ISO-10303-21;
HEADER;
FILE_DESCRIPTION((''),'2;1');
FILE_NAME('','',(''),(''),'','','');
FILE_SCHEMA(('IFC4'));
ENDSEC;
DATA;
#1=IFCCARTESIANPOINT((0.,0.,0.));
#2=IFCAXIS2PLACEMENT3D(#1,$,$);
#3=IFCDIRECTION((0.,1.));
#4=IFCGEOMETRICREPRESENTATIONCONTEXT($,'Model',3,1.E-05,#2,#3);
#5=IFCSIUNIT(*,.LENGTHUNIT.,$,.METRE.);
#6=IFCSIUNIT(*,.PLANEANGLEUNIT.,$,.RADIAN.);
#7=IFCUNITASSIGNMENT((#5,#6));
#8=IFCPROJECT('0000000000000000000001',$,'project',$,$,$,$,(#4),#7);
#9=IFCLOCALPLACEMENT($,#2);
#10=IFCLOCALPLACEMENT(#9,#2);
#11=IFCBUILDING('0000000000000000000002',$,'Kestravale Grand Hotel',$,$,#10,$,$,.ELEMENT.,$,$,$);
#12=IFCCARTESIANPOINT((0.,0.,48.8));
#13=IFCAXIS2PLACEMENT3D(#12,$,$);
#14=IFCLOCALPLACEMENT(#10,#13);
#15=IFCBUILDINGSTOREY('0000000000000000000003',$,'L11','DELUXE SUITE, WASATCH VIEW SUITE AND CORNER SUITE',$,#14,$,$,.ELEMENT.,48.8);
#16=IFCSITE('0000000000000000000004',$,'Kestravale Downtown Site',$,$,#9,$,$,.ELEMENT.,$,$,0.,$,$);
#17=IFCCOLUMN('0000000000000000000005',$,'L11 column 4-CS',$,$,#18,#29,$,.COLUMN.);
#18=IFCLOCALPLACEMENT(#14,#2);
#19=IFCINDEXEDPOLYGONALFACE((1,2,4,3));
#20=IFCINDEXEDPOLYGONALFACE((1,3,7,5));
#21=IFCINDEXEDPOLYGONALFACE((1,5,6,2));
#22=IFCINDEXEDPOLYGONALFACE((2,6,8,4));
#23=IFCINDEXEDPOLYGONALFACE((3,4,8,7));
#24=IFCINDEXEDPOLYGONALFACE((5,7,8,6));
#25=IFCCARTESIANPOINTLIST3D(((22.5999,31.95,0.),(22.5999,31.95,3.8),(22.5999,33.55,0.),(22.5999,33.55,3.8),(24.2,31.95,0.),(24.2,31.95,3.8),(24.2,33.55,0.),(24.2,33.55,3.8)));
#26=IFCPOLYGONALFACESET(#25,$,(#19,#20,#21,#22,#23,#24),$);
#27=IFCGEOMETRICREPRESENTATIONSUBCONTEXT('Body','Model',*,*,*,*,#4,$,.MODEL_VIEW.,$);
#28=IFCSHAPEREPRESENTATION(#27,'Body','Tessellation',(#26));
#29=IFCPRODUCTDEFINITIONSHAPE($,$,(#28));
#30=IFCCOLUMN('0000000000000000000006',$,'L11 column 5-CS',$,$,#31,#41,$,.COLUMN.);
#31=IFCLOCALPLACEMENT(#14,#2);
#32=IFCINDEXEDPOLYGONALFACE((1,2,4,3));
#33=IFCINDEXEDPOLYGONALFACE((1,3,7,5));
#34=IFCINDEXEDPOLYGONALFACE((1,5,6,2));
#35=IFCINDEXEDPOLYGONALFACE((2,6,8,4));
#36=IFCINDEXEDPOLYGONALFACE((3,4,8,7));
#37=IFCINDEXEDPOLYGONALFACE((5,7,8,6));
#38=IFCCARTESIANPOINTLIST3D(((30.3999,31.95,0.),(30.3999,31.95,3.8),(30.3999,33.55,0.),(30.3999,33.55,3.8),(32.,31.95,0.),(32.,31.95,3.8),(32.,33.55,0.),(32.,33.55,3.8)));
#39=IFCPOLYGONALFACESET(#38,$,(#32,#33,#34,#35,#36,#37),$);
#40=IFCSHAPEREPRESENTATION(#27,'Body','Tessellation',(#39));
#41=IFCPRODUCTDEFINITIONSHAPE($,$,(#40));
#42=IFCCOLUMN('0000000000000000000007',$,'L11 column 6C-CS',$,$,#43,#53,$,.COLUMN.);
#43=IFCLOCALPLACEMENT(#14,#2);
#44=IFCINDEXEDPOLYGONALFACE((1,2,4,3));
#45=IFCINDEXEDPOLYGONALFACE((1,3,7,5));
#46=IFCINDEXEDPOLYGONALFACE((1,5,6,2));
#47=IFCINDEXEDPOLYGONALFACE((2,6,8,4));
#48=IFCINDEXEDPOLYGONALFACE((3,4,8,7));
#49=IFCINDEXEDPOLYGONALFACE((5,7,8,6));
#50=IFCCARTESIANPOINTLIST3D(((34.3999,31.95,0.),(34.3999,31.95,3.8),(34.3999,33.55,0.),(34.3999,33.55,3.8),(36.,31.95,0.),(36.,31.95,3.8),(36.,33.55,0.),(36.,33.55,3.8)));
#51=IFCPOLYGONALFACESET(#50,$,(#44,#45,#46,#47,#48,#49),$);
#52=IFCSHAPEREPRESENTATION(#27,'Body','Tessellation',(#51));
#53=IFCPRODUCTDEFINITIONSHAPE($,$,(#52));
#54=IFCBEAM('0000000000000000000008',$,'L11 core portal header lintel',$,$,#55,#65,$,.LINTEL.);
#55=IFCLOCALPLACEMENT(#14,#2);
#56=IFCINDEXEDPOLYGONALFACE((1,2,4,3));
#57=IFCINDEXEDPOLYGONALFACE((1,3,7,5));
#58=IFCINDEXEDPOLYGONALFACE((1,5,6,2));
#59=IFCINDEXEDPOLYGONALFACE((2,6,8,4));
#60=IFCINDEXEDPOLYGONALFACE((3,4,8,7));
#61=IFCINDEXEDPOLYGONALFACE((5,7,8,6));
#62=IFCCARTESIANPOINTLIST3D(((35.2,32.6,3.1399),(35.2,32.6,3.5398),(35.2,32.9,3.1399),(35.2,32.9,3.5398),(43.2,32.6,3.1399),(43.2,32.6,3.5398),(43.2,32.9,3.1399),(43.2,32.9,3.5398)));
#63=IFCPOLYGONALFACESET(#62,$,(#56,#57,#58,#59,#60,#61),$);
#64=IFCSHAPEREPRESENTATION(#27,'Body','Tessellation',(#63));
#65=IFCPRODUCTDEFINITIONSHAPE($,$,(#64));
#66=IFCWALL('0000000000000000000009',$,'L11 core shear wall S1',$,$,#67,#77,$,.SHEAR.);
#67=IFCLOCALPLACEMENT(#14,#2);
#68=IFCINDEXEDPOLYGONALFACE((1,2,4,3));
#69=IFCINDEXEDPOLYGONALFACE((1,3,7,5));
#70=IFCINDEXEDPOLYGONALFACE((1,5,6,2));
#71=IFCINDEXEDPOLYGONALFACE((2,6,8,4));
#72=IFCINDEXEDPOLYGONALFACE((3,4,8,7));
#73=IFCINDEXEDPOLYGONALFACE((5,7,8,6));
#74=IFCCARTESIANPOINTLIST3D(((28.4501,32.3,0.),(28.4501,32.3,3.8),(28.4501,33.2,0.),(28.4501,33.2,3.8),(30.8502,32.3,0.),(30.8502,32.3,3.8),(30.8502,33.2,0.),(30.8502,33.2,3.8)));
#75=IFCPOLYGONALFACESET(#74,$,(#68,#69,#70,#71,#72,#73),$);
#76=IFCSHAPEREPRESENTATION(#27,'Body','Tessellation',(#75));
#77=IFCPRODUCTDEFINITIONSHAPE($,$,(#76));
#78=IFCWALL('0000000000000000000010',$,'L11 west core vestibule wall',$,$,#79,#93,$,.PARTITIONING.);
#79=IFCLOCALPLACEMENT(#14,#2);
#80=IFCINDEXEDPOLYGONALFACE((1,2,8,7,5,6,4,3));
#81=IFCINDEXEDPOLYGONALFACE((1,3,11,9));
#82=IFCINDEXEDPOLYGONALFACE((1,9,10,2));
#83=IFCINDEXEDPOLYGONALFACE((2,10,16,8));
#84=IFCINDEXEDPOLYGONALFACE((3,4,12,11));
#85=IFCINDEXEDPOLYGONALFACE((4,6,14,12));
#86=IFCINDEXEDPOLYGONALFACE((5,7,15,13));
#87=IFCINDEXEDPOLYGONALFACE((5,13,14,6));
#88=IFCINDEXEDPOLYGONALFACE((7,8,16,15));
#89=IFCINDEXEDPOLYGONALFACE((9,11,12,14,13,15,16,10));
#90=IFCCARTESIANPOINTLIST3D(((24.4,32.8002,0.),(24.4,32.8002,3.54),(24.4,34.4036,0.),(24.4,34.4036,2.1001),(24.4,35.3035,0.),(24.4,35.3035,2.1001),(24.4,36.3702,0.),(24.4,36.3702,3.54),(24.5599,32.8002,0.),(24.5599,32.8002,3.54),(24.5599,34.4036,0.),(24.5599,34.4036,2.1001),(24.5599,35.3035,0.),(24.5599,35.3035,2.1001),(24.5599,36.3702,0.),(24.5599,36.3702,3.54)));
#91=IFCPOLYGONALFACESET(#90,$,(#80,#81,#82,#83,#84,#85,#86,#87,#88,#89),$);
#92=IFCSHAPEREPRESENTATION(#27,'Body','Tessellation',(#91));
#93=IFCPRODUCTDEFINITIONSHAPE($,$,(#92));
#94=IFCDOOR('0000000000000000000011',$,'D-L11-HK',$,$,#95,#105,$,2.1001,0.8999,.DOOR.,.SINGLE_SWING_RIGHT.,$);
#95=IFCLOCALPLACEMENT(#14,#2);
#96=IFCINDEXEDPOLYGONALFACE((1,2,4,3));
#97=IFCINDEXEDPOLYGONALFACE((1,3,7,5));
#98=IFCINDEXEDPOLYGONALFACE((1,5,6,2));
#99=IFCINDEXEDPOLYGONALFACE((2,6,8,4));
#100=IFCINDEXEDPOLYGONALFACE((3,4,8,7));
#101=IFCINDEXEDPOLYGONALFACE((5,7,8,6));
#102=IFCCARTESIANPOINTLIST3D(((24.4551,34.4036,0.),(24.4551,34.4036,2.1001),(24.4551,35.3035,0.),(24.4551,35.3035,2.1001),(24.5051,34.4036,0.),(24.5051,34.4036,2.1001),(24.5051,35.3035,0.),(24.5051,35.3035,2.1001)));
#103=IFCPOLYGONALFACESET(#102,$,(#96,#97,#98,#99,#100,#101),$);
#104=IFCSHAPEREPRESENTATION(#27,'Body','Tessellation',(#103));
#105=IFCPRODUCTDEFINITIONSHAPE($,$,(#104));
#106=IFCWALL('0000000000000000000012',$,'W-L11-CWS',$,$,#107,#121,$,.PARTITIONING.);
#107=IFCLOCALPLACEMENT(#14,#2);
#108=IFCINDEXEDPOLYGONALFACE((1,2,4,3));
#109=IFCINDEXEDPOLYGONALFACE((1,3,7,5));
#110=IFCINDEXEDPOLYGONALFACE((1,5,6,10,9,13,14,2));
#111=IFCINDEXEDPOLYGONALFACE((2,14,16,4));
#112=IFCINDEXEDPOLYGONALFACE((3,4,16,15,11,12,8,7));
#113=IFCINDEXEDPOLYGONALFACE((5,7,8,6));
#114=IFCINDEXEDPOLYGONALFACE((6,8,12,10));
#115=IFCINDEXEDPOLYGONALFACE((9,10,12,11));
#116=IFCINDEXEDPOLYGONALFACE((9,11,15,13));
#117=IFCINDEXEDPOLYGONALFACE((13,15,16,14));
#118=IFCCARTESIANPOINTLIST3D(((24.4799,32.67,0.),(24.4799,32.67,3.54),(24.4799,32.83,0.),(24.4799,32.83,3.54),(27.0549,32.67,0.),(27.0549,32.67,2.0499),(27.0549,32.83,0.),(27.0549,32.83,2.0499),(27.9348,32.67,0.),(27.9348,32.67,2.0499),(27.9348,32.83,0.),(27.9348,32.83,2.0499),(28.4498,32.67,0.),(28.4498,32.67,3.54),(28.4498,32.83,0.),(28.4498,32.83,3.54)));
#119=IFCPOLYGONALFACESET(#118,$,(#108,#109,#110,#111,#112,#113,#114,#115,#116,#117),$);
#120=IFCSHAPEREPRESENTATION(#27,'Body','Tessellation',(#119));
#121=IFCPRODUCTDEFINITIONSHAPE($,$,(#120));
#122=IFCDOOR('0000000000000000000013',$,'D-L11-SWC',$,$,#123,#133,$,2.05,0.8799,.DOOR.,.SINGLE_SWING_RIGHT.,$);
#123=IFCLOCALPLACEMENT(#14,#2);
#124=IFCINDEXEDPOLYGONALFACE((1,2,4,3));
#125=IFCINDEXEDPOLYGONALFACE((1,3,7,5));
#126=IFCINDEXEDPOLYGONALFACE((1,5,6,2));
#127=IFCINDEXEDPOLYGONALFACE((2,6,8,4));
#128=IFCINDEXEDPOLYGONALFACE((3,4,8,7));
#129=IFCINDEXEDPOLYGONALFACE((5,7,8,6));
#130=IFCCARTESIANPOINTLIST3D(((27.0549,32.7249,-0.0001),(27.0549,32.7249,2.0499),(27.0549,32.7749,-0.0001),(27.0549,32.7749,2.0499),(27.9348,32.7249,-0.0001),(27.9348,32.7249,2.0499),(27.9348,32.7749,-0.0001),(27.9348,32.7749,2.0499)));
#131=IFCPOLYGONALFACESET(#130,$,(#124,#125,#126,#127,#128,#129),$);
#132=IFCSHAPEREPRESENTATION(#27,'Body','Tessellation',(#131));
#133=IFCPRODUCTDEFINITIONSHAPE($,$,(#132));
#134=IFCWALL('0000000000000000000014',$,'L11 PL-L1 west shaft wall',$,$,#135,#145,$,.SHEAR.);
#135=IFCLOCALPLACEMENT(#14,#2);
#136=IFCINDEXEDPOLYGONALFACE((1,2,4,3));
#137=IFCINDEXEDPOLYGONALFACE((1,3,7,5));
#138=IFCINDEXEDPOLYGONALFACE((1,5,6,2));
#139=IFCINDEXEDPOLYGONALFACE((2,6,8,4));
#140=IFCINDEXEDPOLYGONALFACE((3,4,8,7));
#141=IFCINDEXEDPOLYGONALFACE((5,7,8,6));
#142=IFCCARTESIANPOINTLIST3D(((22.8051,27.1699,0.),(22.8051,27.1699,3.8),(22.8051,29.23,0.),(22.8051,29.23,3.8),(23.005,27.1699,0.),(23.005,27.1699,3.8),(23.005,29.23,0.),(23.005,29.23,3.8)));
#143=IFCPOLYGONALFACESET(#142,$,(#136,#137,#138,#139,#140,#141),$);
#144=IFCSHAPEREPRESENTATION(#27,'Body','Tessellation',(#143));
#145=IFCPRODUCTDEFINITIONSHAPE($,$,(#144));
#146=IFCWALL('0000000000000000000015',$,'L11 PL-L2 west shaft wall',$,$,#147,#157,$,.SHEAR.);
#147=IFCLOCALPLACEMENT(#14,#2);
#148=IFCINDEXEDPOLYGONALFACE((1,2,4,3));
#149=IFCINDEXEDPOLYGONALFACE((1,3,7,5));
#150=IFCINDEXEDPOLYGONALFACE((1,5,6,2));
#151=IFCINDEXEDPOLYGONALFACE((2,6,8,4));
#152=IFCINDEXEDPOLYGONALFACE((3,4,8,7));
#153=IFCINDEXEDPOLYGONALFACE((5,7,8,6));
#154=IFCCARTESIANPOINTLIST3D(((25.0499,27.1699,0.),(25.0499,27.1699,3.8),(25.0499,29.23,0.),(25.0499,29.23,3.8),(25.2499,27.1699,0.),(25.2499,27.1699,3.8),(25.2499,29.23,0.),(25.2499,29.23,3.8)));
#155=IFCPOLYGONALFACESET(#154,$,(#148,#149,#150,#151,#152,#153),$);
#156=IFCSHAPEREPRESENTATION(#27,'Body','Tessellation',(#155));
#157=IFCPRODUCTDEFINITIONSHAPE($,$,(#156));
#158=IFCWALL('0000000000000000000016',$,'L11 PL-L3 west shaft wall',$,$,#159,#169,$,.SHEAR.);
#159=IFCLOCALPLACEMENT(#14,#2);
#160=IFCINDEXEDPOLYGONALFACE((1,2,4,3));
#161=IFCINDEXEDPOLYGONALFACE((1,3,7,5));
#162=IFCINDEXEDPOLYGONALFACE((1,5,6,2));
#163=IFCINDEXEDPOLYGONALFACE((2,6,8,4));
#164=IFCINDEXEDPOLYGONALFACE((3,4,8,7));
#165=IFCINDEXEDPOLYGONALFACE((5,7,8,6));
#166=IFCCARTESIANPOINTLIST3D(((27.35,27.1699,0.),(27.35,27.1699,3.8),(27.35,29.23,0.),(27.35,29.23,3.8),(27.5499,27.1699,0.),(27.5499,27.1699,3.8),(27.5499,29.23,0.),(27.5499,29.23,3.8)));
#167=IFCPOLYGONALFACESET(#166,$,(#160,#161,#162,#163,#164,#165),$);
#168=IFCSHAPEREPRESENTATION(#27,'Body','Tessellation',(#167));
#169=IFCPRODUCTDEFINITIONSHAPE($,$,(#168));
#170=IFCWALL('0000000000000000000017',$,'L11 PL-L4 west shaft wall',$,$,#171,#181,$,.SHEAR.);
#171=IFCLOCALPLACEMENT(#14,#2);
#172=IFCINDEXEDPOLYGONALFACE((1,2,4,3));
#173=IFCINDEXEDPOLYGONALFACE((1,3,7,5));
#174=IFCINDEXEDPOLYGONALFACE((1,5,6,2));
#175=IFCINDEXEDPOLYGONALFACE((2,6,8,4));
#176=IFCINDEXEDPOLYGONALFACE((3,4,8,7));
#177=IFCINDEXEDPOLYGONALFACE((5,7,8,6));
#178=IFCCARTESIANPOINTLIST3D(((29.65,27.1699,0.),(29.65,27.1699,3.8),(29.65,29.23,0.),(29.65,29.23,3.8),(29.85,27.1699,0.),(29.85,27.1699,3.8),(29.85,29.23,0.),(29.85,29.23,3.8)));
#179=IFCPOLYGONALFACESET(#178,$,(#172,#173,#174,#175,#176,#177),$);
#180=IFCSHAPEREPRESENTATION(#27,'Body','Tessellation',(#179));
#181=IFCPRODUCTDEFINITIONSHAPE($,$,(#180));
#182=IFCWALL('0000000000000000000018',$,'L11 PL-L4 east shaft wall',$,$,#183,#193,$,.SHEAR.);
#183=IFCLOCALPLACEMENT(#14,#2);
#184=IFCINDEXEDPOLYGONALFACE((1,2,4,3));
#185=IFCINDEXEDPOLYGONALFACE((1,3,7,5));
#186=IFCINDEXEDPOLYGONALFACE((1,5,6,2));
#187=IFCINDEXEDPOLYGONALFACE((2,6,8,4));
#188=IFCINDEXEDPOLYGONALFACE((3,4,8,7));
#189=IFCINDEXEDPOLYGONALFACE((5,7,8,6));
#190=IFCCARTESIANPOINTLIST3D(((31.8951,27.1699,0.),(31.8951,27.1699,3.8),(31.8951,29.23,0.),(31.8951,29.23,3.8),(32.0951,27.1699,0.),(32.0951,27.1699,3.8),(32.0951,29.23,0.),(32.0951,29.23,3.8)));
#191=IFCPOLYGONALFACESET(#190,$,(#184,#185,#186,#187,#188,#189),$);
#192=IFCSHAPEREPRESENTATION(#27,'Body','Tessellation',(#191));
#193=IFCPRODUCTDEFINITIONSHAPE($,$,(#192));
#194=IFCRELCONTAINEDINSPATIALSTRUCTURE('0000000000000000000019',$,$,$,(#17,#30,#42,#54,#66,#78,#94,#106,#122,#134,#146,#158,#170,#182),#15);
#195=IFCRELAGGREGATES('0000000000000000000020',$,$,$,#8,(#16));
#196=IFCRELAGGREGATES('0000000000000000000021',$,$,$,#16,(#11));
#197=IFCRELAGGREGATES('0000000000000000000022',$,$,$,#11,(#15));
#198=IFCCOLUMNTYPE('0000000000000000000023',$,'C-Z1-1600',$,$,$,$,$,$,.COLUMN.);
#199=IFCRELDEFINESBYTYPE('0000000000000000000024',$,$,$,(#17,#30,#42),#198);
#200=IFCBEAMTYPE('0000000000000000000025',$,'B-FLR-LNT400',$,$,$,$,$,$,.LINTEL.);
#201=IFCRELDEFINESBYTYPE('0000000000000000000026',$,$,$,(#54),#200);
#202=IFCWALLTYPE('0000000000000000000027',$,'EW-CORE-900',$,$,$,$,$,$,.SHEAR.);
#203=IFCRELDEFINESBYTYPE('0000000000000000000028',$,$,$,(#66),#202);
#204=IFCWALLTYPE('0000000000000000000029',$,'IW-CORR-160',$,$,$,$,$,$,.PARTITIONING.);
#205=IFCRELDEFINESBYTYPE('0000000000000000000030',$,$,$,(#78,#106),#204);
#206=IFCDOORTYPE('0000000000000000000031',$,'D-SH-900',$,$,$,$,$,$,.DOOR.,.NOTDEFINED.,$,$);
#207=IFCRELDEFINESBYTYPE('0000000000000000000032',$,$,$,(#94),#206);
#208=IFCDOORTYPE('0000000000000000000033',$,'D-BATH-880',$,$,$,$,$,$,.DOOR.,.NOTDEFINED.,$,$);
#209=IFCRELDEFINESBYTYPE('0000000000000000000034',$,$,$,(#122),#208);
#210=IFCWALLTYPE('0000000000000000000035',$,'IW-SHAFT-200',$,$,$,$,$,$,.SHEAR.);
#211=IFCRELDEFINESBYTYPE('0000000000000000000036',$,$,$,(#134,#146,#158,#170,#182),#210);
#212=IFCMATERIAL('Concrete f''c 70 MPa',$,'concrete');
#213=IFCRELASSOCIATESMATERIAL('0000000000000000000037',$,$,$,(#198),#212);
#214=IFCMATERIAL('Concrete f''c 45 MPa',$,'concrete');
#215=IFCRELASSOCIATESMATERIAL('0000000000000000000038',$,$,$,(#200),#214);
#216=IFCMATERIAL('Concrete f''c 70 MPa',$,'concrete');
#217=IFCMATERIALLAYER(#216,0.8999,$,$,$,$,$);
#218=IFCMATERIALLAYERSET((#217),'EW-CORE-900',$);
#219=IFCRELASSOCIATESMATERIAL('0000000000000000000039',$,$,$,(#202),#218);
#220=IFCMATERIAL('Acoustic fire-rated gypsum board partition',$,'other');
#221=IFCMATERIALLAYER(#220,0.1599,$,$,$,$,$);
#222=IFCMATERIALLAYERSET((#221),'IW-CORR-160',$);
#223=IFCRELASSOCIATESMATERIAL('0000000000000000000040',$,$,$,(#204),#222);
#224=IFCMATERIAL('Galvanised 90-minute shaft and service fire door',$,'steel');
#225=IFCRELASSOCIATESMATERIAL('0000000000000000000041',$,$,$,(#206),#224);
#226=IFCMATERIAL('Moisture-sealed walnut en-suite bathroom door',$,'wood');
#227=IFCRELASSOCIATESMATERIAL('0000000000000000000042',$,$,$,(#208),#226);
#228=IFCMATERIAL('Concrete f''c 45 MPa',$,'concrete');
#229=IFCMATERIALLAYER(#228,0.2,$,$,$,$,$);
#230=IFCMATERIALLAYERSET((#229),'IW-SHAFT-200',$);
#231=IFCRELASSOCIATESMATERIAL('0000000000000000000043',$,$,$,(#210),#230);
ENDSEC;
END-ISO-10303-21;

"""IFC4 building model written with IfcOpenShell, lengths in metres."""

from ifc_helpers import new_model, si_unit, direction, frame, frame_2d, origin, origin_2d, place, context, subcontext, project, spatial, rectangle, extrude, material, layer, layer_set, material_profile, profile_set, type_object, element, fill, save


model = new_model("IFC4")

# Units and contexts
model_context = context("Model", 3, precision=1e-05, world=origin(), true_north=direction((0.0, 1.0)))
body_context = subcontext(model_context, "Body", "Model", "MODEL_VIEW")
ifc_project = project(units=[si_unit("LENGTHUNIT", "METRE"), si_unit("PLANEANGLEUNIT", "RADIAN")], contexts=[model_context])

# Site, building, storey
site_placement = place(None, origin())
site = spatial("IfcSite", under=ifc_project, at=site_placement, Name="Kestravale Downtown Site", CompositionType="ELEMENT", RefElevation=0.0)
building_placement = place(site_placement, origin())
building = spatial("IfcBuilding", under=site, at=building_placement, Name="Kestravale Grand Hotel", CompositionType="ELEMENT")
storey_placement = place(building_placement, frame((0.0, 0.0, 48.8)))
storey = spatial("IfcBuildingStorey", under=building, at=storey_placement, Name="L11", Description="DELUXE SUITE, WASATCH VIEW SUITE AND CORNER SUITE", CompositionType="ELEMENT", Elevation=48.8)

# Columns
ifc_material_1 = material(Name="Concrete f'c 70 MPa", Category="concrete")
ifc_material_profile_1 = material_profile(ifc_material_1, rectangle(XDim=1.6001, YDim=1.6001, at=origin_2d()))
ifc_profile_set_1 = profile_set([ifc_material_profile_1], Name="Concrete f'c 70 MPa")
column_type = type_object("IfcColumnType", Name="C-Z1-1600", PredefinedType="COLUMN", material=ifc_profile_set_1)
for number, where, z_axis, x_axis, name in (
    (1, (23.3999, 32.75, 0.0), (0.0, 0.0, 1.0), (1.0, 0.0, 0.0), "L11 column 4-CS"),
    (2, (31.2, 32.75, 0.0), (0.0, 0.0, 1.0), (1.0, 0.0, 0.0), "L11 column 5-CS"),
    (3, (35.2, 32.75, 0.0), (0.0, 0.0, 1.0), (1.0, 0.0, 0.0), "L11 column 6C-CS"),
):
    element("IfcColumn", number, at=place(storey_placement, frame(where, z_axis=z_axis, x_axis=x_axis)), inside=storey, type_object=column_type, Name=name, PredefinedType="COLUMN", context=body_context, shape_type="SweptSolid", body=[
        extrude(rectangle(XDim=1.6001, YDim=1.6001, at=origin_2d()), origin(), (0.0, 0.0, 1.0), 3.8),
    ])

# Beam
ifc_material_2 = material(Name="Concrete f'c 45 MPa", Category="concrete")
ifc_material_profile_2 = material_profile(ifc_material_2, rectangle(XDim=0.3, YDim=0.3999, at=origin_2d()))
ifc_profile_set_2 = profile_set([ifc_material_profile_2], Name="Concrete f'c 45 MPa")
beam_type = type_object("IfcBeamType", Name="B-FLR-LNT400", PredefinedType="LINTEL", material=ifc_profile_set_2)
beam_placement = place(storey_placement, frame((35.2, 32.75, 3.3398), z_axis=(1.0, 0.0, 0.0), x_axis=(0.0, 1.0, 0.0)))
element("IfcBeam", 4, at=beam_placement, inside=storey, type_object=beam_type, Name="L11 core portal header lintel", PredefinedType="LINTEL", context=body_context, shape_type="SweptSolid", body=[
    extrude(rectangle(XDim=0.3, YDim=0.3999, at=origin_2d()), origin(), (0.0, 0.0, 1.0), 8.0),
])

# Wall
ifc_material_3 = material(Name="Concrete f'c 70 MPa", Category="concrete")
ifc_layer_1 = layer(ifc_material_3, 0.8999)
ifc_layer_set_1 = layer_set([ifc_layer_1], Name="EW-CORE-900")
wall_type_1 = type_object("IfcWallType", Name="EW-CORE-900", PredefinedType="SHEAR", material=ifc_layer_set_1)
wall_1_placement = place(storey_placement, frame((28.45, 32.75, 0.0), z_axis=(0.0, 0.0, 1.0), x_axis=(1.0, 0.0, 0.0)))
element("IfcWall", 5, at=wall_1_placement, inside=storey, type_object=wall_type_1, Name="L11 core shear wall S1", PredefinedType="SHEAR", context=body_context, shape_type="SweptSolid", body=[
    extrude(rectangle(XDim=2.4001, YDim=0.8999, at=frame_2d((1.2002, 0.0))), origin(), (0.0, 0.0, 1.0), 3.8),
])

# Walls, openings, doors
ifc_material_4 = material(Name="Acoustic fire-rated gypsum board partition", Category="other")
ifc_layer_2 = layer(ifc_material_4, 0.1599)
ifc_layer_set_2 = layer_set([ifc_layer_2], Name="IW-CORR-160")
wall_type_2 = type_object("IfcWallType", Name="IW-CORR-160", PredefinedType="PARTITIONING", material=ifc_layer_set_2)
wall_2_placement = place(storey_placement, frame((24.48, 32.8, 0.0), z_axis=(0.0, 0.0, 1.0), x_axis=(0.0, 1.0, 0.0)))
wall_2 = element("IfcWall", 6, at=wall_2_placement, inside=storey, type_object=wall_type_2, Name="L11 west core vestibule wall", PredefinedType="PARTITIONING", context=body_context, shape_type="SweptSolid", body=[
    extrude(rectangle(XDim=3.5701, YDim=0.1599, at=frame_2d((1.7852, 0.0))), origin(), (0.0, 0.0, 1.0), 3.54),
])
opening_1_placement = place(wall_2_placement, frame((1.6035, 0.0, 0.0)))
opening_1 = element("IfcOpeningElement", 7, at=opening_1_placement, cuts=wall_2, PredefinedType="OPENING", context=body_context, shape_type="SweptSolid", body=[
    extrude(rectangle(XDim=0.8999, YDim=2.1001, at=frame_2d((0.45, 1.05))), frame((0.0, 0.0898, 0.0), z_axis=(0.0, -1.0, 0.0), x_axis=(1.0, 0.0, 0.0)), (0.0, 0.0, 1.0), 0.1799),
])
ifc_material_5 = material(Name="Galvanised 90-minute shaft and service fire door", Category="steel")
door_type_1 = type_object("IfcDoorType", Name="D-SH-900", OperationType="NOTDEFINED", PredefinedType="DOOR", material=ifc_material_5)
door_1_placement = place(opening_1_placement, origin())
door_1 = element("IfcDoor", 8, at=door_1_placement, inside=storey, type_object=door_type_1, Name="D-L11-HK", OperationType="SINGLE_SWING_RIGHT", OverallHeight=2.1001, OverallWidth=0.8999, PredefinedType="DOOR", context=body_context, shape_type="SweptSolid", body=[
    extrude(rectangle(XDim=0.8999, YDim=2.1001, at=frame_2d((0.45, 1.05))), frame((0.0, 0.0249, 0.0), z_axis=(0.0, -1.0, 0.0), x_axis=(1.0, 0.0, 0.0)), (0.0, 0.0, 1.0), 0.05),
])
fill(opening_1, door_1)
wall_3_placement = place(storey_placement, frame((24.48, 32.75, 0.0), z_axis=(0.0, 0.0, 1.0), x_axis=(1.0, 0.0, 0.0)))
wall_3 = element("IfcWall", 9, at=wall_3_placement, inside=storey, type_object=wall_type_2, Name="W-L11-CWS", PredefinedType="PARTITIONING", context=body_context, shape_type="SweptSolid", body=[
    extrude(rectangle(XDim=3.97, YDim=0.1599, at=frame_2d((1.9849, 0.0))), origin(), (0.0, 0.0, 1.0), 3.54),
])
opening_2_placement = place(wall_3_placement, frame((2.575, 0.0, 0.0)))
opening_2 = element("IfcOpeningElement", 10, at=opening_2_placement, cuts=wall_3, PredefinedType="OPENING", context=body_context, shape_type="SweptSolid", body=[
    extrude(rectangle(XDim=0.8799, YDim=2.05, at=frame_2d((0.4399, 1.0249))), frame((0.0, 0.0898, 0.0), z_axis=(0.0, -1.0, 0.0), x_axis=(1.0, 0.0, 0.0)), (0.0, 0.0, 1.0), 0.1799),
])
ifc_material_6 = material(Name="Moisture-sealed walnut en-suite bathroom door", Category="wood")
door_type_2 = type_object("IfcDoorType", Name="D-BATH-880", OperationType="NOTDEFINED", PredefinedType="DOOR", material=ifc_material_6)
door_2_placement = place(opening_2_placement, origin())
door_2 = element("IfcDoor", 11, at=door_2_placement, inside=storey, type_object=door_type_2, Name="D-L11-SWC", OperationType="SINGLE_SWING_RIGHT", OverallHeight=2.05, OverallWidth=0.8799, PredefinedType="DOOR", context=body_context, shape_type="SweptSolid", body=[
    extrude(rectangle(XDim=0.8799, YDim=2.05, at=frame_2d((0.4399, 1.0249))), frame((0.0, 0.0249, 0.0), z_axis=(0.0, -1.0, 0.0), x_axis=(1.0, 0.0, 0.0)), (0.0, 0.0, 1.0), 0.05),
])
fill(opening_2, door_2)

# Walls
ifc_material_7 = material(Name="Concrete f'c 45 MPa", Category="concrete")
ifc_layer_3 = layer(ifc_material_7, 0.2)
ifc_layer_set_3 = layer_set([ifc_layer_3], Name="IW-SHAFT-200")
wall_type_3 = type_object("IfcWallType", Name="IW-SHAFT-200", PredefinedType="SHEAR", material=ifc_layer_set_3)
for number, where, z_axis, x_axis, name in (
    (12, (22.905, 27.1699, 0.0), (0.0, 0.0, 1.0), (0.0, 1.0, 0.0), "L11 PL-L1 west shaft wall"),
    (13, (25.1499, 27.1699, 0.0), (0.0, 0.0, 1.0), (0.0, 1.0, 0.0), "L11 PL-L2 west shaft wall"),
    (14, (27.45, 27.1699, 0.0), (0.0, 0.0, 1.0), (0.0, 1.0, 0.0), "L11 PL-L3 west shaft wall"),
    (15, (29.75, 27.1699, 0.0), (0.0, 0.0, 1.0), (0.0, 1.0, 0.0), "L11 PL-L4 west shaft wall"),
    (16, (31.9951, 27.1699, 0.0), (0.0, 0.0, 1.0), (0.0, 1.0, 0.0), "L11 PL-L4 east shaft wall"),
):
    element("IfcWall", number, at=place(storey_placement, frame(where, z_axis=z_axis, x_axis=x_axis)), inside=storey, type_object=wall_type_3, Name=name, PredefinedType="SHEAR", context=body_context, shape_type="SweptSolid", body=[
        extrude(rectangle(XDim=2.0601, YDim=0.2, at=frame_2d((1.03, 0.0))), origin(), (0.0, 0.0, 1.0), 3.8),
    ])

save(model, "model.ifc")
